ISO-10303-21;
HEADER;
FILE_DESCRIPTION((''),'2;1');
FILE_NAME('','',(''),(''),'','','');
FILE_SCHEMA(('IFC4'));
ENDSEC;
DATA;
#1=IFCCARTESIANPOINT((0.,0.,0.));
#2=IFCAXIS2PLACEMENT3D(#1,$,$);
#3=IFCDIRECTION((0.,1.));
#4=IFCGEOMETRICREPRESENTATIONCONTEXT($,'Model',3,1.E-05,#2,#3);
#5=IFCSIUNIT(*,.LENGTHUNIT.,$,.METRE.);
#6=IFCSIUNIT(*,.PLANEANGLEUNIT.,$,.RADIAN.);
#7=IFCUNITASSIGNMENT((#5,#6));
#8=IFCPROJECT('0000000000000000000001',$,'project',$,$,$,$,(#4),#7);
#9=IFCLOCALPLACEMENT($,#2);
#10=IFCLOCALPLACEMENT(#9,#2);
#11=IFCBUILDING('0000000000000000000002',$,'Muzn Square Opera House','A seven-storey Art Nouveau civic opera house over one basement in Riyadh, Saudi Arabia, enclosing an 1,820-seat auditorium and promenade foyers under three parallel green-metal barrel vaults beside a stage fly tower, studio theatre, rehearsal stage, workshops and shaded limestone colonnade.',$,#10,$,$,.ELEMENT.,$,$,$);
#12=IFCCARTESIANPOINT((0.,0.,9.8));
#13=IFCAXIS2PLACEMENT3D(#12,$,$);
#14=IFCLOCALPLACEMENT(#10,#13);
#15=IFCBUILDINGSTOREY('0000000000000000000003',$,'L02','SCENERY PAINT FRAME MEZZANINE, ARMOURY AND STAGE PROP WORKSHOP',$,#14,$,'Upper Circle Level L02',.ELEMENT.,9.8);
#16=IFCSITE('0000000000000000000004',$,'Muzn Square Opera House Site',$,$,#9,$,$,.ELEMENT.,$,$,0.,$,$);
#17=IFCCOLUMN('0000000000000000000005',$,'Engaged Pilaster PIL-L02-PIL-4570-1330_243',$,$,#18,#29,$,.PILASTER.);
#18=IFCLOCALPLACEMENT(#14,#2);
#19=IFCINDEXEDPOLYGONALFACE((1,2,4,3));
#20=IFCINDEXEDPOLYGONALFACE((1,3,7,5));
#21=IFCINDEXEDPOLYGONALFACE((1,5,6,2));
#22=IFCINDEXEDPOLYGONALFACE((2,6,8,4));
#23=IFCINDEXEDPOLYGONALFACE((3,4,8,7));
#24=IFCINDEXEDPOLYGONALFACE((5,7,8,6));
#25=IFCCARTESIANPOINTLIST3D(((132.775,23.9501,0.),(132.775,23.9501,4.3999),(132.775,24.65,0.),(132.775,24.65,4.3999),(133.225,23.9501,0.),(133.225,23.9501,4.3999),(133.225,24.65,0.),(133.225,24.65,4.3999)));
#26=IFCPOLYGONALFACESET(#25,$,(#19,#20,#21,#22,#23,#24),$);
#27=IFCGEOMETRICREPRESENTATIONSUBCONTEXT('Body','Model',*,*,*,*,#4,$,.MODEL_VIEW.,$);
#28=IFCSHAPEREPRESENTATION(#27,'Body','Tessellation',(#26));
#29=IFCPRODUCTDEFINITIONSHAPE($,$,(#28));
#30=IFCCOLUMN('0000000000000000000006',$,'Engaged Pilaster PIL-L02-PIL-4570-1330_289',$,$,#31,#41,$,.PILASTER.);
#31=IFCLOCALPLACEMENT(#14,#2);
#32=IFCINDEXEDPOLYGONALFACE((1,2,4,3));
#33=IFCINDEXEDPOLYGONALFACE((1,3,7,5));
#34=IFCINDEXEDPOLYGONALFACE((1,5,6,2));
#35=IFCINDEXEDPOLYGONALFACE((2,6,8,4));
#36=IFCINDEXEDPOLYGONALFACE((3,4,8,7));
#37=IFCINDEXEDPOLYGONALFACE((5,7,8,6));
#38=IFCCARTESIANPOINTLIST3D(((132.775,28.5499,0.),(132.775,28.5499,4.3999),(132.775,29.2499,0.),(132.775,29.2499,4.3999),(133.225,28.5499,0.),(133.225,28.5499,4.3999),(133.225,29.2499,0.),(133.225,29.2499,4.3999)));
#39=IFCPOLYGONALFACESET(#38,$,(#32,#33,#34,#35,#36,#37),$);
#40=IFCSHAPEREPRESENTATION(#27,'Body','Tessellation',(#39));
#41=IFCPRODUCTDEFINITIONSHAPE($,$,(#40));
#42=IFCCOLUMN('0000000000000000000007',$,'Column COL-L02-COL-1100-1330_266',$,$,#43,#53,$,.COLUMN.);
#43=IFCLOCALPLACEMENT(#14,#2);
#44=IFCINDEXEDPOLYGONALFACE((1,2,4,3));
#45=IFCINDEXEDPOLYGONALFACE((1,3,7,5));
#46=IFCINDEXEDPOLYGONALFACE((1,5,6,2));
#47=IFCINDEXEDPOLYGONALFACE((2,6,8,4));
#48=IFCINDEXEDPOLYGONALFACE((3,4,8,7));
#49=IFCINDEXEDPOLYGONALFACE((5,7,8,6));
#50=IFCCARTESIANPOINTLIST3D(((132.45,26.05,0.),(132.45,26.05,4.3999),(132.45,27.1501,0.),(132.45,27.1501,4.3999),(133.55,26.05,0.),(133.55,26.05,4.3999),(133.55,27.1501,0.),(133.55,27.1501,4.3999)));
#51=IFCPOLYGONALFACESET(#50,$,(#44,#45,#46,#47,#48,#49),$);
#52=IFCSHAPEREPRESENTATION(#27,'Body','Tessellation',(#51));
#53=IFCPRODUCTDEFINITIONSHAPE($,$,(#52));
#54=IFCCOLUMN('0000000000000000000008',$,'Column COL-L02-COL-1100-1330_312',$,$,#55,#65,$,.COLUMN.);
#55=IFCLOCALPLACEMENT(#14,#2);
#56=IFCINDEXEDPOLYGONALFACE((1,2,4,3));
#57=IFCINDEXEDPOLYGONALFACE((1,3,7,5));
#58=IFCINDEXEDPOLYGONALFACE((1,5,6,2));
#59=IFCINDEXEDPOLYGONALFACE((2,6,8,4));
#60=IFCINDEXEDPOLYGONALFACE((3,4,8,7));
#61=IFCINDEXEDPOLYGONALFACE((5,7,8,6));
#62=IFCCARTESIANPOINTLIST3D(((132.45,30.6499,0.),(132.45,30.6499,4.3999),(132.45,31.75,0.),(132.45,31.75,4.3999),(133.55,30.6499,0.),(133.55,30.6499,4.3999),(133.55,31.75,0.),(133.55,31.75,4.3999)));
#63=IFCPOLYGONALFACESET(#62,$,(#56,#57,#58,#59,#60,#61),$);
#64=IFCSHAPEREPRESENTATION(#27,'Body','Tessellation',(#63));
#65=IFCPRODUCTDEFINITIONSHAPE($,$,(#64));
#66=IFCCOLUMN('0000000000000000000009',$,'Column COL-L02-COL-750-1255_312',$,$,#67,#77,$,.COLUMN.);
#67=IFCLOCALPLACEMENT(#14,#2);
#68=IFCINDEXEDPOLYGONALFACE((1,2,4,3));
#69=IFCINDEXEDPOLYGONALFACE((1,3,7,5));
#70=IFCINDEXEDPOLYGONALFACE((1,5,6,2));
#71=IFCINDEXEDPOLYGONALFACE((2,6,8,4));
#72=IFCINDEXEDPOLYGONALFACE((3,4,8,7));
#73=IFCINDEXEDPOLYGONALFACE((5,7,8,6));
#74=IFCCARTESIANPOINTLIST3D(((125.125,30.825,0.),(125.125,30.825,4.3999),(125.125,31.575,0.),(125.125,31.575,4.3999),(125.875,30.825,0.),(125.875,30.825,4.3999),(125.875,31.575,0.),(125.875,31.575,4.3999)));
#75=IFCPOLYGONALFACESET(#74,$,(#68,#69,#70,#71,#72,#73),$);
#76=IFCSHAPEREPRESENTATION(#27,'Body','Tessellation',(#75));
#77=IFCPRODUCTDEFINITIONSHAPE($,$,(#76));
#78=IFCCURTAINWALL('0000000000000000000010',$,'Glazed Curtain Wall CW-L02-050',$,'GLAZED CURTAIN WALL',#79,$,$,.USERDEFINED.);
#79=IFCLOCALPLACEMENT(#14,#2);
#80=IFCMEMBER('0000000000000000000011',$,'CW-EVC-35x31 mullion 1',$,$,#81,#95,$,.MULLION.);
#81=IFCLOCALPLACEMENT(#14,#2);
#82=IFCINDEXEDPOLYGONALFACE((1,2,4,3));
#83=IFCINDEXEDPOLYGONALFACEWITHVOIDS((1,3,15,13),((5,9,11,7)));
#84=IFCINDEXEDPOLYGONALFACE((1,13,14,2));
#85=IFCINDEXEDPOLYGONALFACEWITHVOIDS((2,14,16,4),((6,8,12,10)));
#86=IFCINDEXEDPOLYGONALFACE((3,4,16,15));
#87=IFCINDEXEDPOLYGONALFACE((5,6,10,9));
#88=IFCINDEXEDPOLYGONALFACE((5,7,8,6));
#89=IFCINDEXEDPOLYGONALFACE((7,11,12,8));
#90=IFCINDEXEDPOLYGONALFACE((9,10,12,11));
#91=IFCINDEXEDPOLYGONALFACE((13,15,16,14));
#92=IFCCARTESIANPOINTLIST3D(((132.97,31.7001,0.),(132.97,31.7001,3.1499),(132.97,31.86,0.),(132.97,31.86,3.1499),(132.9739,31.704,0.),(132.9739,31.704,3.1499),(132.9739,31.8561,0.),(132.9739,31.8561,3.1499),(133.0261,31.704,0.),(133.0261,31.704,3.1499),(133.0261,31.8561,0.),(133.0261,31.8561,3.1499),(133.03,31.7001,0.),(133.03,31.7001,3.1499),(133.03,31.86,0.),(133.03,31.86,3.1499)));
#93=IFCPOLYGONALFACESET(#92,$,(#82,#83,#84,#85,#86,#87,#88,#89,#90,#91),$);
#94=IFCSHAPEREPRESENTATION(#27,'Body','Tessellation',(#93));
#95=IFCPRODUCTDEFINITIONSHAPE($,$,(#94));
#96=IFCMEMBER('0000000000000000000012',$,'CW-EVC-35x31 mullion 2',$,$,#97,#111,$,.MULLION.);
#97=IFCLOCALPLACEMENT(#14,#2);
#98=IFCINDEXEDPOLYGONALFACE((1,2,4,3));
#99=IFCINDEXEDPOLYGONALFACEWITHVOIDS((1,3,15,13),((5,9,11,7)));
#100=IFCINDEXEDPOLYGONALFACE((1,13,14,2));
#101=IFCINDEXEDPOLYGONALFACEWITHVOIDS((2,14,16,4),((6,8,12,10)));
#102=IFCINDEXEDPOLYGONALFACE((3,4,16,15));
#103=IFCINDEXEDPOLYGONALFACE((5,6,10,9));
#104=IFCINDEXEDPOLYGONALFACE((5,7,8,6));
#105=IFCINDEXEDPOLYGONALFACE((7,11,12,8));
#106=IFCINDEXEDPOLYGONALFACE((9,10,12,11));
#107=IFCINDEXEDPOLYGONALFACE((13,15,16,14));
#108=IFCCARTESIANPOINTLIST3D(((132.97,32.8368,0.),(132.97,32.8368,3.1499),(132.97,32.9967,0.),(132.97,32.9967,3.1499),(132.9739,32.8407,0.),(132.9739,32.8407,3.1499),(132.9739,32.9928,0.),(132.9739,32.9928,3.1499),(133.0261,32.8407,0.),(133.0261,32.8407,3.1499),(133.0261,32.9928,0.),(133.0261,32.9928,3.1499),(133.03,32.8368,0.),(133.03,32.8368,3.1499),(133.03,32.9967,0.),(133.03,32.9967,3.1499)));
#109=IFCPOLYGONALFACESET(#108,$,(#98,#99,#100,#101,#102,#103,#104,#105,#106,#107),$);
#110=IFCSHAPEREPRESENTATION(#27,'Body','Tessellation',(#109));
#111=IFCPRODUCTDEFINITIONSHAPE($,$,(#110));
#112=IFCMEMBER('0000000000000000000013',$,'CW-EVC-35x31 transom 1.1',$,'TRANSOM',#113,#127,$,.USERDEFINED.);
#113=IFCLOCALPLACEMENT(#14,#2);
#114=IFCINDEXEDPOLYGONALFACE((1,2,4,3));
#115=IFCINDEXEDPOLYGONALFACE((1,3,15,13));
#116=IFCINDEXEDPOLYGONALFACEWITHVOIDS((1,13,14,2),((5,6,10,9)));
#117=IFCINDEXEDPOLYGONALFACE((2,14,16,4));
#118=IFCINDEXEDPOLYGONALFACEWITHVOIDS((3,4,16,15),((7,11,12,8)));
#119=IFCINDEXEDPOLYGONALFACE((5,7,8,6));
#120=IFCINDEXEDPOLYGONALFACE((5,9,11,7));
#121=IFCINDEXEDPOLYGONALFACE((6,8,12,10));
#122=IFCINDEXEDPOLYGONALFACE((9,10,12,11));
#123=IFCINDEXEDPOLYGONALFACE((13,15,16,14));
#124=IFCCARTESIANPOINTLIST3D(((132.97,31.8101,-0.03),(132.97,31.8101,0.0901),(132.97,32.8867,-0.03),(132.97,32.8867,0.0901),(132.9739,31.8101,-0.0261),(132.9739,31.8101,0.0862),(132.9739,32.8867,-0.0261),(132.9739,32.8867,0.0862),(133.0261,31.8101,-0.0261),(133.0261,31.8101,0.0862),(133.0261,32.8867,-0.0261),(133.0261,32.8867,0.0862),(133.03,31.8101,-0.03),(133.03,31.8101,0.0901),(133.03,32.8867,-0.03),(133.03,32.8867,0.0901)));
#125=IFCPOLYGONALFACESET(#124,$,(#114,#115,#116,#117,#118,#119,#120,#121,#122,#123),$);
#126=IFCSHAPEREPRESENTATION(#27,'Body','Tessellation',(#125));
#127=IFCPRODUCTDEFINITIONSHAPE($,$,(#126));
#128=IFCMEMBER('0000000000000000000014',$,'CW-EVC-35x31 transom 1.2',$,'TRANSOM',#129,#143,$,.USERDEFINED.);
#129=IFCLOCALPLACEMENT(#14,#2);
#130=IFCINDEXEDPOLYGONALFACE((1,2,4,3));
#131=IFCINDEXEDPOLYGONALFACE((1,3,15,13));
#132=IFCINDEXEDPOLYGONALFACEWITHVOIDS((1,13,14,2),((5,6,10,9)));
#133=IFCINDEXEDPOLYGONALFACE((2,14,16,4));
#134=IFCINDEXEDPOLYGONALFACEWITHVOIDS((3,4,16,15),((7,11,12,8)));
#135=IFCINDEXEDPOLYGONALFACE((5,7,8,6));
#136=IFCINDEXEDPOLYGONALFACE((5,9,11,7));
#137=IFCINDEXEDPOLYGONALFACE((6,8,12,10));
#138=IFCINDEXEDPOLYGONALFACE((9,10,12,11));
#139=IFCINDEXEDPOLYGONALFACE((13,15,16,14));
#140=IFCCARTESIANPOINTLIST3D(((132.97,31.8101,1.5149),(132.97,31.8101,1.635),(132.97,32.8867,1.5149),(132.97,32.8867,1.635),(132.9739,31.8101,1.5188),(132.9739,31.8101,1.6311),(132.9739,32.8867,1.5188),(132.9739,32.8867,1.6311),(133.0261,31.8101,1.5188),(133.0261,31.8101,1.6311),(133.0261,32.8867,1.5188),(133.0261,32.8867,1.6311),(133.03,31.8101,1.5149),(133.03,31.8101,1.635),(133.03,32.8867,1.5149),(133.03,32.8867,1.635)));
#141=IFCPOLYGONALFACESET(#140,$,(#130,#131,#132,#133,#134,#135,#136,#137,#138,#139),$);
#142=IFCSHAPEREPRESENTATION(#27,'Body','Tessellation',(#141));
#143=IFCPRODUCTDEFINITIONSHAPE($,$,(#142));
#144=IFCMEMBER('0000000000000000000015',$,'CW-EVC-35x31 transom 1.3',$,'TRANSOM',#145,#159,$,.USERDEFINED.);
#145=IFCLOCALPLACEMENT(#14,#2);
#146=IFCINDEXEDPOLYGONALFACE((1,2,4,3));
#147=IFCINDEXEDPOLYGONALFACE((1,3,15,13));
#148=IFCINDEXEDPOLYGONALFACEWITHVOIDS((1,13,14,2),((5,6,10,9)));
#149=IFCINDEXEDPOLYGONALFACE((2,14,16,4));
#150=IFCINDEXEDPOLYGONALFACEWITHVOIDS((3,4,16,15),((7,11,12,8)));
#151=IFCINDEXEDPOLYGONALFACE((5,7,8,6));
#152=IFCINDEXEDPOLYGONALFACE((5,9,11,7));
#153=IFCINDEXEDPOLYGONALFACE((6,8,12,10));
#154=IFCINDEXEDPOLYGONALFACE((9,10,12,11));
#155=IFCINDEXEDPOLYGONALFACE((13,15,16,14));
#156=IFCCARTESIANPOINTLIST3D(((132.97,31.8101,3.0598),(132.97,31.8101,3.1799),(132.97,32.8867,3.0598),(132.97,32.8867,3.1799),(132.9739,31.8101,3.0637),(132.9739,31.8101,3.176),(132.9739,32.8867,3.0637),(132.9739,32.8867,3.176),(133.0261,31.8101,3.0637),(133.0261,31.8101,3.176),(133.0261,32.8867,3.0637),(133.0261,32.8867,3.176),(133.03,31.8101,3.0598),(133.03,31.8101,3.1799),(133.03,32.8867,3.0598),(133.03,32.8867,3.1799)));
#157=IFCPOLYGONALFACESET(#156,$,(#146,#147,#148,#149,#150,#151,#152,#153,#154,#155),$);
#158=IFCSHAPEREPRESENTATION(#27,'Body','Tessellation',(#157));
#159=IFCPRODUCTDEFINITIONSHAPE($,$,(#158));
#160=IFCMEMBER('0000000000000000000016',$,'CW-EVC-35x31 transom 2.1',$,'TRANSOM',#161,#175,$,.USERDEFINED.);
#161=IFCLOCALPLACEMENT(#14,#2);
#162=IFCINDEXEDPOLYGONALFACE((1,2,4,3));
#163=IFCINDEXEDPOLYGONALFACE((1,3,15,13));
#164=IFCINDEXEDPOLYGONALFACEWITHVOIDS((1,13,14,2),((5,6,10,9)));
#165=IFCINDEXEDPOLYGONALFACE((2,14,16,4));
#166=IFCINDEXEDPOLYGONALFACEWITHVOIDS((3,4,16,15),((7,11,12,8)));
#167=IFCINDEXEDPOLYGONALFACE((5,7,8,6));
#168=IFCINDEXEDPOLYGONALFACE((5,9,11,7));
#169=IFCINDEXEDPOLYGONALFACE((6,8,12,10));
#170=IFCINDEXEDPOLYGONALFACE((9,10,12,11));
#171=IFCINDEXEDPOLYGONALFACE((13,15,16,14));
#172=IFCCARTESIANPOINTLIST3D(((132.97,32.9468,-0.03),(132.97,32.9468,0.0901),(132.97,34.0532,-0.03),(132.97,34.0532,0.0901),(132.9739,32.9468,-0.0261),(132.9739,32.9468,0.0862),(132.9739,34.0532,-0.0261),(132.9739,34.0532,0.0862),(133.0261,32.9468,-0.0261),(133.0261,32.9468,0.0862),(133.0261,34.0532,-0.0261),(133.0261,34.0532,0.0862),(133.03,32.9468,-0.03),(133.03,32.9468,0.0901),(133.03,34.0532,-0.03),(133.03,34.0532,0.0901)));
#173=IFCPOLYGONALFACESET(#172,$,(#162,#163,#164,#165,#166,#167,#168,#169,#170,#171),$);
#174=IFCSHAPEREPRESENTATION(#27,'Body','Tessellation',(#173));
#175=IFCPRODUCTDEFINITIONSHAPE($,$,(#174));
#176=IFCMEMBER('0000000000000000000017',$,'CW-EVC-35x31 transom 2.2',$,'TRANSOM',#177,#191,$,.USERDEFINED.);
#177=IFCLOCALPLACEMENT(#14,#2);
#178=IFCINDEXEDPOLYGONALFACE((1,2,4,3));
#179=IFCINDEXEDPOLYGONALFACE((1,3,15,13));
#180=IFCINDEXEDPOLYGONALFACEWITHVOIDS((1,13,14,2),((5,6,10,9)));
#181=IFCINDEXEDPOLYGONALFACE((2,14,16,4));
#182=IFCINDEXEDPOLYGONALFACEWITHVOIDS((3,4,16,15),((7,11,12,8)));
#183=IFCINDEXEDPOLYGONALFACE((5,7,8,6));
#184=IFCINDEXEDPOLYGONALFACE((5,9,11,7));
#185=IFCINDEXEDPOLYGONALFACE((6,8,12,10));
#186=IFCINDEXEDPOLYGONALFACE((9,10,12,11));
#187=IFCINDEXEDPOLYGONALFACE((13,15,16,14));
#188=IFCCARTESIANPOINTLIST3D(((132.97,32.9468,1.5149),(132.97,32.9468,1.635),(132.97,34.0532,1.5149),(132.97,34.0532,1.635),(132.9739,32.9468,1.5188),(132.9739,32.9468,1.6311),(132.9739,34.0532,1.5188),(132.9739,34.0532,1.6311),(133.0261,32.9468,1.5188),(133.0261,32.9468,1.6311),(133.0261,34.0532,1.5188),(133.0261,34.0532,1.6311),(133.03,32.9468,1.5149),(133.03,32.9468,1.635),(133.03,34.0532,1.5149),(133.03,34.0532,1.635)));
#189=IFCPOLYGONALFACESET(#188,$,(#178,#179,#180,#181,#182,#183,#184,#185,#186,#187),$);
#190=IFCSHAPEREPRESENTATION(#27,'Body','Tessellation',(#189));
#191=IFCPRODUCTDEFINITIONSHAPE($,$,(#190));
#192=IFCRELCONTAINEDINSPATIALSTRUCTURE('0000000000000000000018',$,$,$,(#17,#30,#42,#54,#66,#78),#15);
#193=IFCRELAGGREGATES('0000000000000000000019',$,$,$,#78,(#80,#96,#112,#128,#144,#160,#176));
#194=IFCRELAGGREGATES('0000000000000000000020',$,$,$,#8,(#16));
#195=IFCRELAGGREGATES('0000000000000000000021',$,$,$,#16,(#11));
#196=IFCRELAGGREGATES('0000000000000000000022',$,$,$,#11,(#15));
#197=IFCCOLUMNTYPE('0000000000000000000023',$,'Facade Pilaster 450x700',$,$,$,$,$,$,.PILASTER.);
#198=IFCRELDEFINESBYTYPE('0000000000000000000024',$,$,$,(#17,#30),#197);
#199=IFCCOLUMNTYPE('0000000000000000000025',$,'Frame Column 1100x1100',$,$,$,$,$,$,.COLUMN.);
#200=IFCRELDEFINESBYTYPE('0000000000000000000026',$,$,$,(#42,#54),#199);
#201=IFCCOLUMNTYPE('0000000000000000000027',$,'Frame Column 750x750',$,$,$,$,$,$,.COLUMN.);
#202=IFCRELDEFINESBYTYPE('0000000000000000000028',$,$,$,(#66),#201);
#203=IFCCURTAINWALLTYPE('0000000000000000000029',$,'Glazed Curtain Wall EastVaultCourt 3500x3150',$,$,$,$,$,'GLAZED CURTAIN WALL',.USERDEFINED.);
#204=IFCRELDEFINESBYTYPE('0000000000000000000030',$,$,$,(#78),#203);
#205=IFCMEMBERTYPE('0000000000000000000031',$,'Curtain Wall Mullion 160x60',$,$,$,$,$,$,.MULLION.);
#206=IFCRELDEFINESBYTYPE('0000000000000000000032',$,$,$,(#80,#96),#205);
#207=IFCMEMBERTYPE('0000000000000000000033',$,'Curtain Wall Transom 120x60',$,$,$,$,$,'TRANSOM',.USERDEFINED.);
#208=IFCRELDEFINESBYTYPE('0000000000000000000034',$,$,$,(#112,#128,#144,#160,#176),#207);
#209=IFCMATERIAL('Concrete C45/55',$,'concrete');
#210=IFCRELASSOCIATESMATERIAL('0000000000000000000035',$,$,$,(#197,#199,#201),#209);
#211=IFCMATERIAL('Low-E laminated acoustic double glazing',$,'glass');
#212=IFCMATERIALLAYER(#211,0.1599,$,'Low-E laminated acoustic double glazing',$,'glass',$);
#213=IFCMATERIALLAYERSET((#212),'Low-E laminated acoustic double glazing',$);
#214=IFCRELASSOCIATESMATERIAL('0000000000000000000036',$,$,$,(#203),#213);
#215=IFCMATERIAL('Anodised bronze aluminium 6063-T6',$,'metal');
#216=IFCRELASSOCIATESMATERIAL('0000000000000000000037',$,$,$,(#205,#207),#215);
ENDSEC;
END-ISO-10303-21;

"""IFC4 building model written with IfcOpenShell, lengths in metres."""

from ifc_helpers import new_model, si_unit, direction, frame, origin, origin_2d, place, context, subcontext, project, spatial, rectangle, hollow_rectangle, extrude, material, layer, layer_set, material_profile, profile_set, type_object, element, aggregate, save


model = new_model("IFC4")

# Units and contexts
model_context = context("Model", 3, precision=1e-05, world=origin(), true_north=direction((0.0, 1.0)))
body_context = subcontext(model_context, "Body", "Model", "MODEL_VIEW")
ifc_project = project(units=[si_unit("LENGTHUNIT", "METRE"), si_unit("PLANEANGLEUNIT", "RADIAN")], contexts=[model_context])

# Site, building, storey
site_placement = place(None, origin())
site = spatial("IfcSite", under=ifc_project, at=site_placement, Name="Muzn Square Opera House Site", CompositionType="ELEMENT", RefElevation=0.0)
building_placement = place(site_placement, origin())
building = spatial("IfcBuilding", under=site, at=building_placement, Name="Muzn Square Opera House", Description="A seven-storey Art Nouveau civic opera house over one basement in Riyadh, Saudi Arabia, enclosing an 1,820-seat auditorium and promenade foyers under three parallel green-metal barrel vaults beside a stage fly tower, studio theatre, rehearsal stage, workshops and shaded limestone colonnade.", CompositionType="ELEMENT")
storey_placement = place(building_placement, frame((0.0, 0.0, 9.8)))
storey = spatial("IfcBuildingStorey", under=building, at=storey_placement, Name="L02", Description="SCENERY PAINT FRAME MEZZANINE, ARMOURY AND STAGE PROP WORKSHOP", LongName="Upper Circle Level L02", CompositionType="ELEMENT", Elevation=9.8)

# Columns
ifc_material_1 = material(Name="Concrete C45/55", Category="concrete")
ifc_material_profile_1 = material_profile(ifc_material_1, rectangle(XDim=0.45, YDim=0.7, at=origin_2d()), Name="RC 450x700", Category="concrete")
ifc_profile_set_1 = profile_set([ifc_material_profile_1], Name="Concrete C45/55")
column_type_1 = type_object("IfcColumnType", Name="Facade Pilaster 450x700", PredefinedType="PILASTER", material=ifc_profile_set_1)
for number, where, z_axis, x_axis, name in (
    (1, (133.0, 24.3, 0.0), (0.0, 0.0, 1.0), (1.0, 0.0, 0.0), "Engaged Pilaster PIL-L02-PIL-4570-1330_243"),
    (2, (133.0, 28.8999, 0.0), (0.0, 0.0, 1.0), (1.0, 0.0, 0.0), "Engaged Pilaster PIL-L02-PIL-4570-1330_289"),
):
    element("IfcColumn", number, at=place(storey_placement, frame(where, z_axis=z_axis, x_axis=x_axis)), inside=storey, type_object=column_type_1, Name=name, PredefinedType="PILASTER", context=body_context, shape_type="SweptSolid", body=[
        extrude(rectangle(XDim=0.45, YDim=0.7, at=origin_2d()), origin(), (0.0, 0.0, 1.0), 4.3999),
    ])
ifc_material_profile_2 = material_profile(ifc_material_1, rectangle(XDim=1.1001, YDim=1.1001, at=origin_2d()), Name="RC 1100x1100", Category="concrete")
ifc_profile_set_2 = profile_set([ifc_material_profile_2], Name="Concrete C45/55")
column_type_2 = type_object("IfcColumnType", Name="Frame Column 1100x1100", PredefinedType="COLUMN", material=ifc_profile_set_2)
for number, where, z_axis, x_axis, name in (
    (3, (133.0, 26.6001, 0.0), (0.0, 0.0, 1.0), (1.0, 0.0, 0.0), "Column COL-L02-COL-1100-1330_266"),
    (4, (133.0, 31.2, 0.0), (0.0, 0.0, 1.0), (1.0, 0.0, 0.0), "Column COL-L02-COL-1100-1330_312"),
):
    element("IfcColumn", number, at=place(storey_placement, frame(where, z_axis=z_axis, x_axis=x_axis)), inside=storey, type_object=column_type_2, Name=name, PredefinedType="COLUMN", context=body_context, shape_type="SweptSolid", body=[
        extrude(rectangle(XDim=1.1001, YDim=1.1001, at=origin_2d()), origin(), (0.0, 0.0, 1.0), 4.3999),
    ])
ifc_material_profile_3 = material_profile(ifc_material_1, rectangle(XDim=0.75, YDim=0.75, at=origin_2d()), Name="RC 750x750", Category="concrete")
ifc_profile_set_3 = profile_set([ifc_material_profile_3], Name="Concrete C45/55")
column_type_3 = type_object("IfcColumnType", Name="Frame Column 750x750", PredefinedType="COLUMN", material=ifc_profile_set_3)
column_placement = place(storey_placement, frame((125.5, 31.2, 0.0), z_axis=(0.0, 0.0, 1.0), x_axis=(1.0, 0.0, 0.0)))
element("IfcColumn", 5, at=column_placement, inside=storey, type_object=column_type_3, Name="Column COL-L02-COL-750-1255_312", PredefinedType="COLUMN", context=body_context, shape_type="SweptSolid", body=[
    extrude(rectangle(XDim=0.75, YDim=0.75, at=origin_2d()), origin(), (0.0, 0.0, 1.0), 4.3999),
])

# Curtain wall, members
ifc_material_2 = material(Name="Low-E laminated acoustic double glazing", Category="glass")
ifc_layer_1 = layer(ifc_material_2, 0.1599, Name="Low-E laminated acoustic double glazing", Category="glass")
ifc_layer_set_1 = layer_set([ifc_layer_1], Name="Low-E laminated acoustic double glazing")
curtain_wall_type = type_object("IfcCurtainWallType", Name="Glazed Curtain Wall EastVaultCourt 3500x3150", ElementType="GLAZED CURTAIN WALL", PredefinedType="USERDEFINED", material=ifc_layer_set_1)
curtain_wall_placement = place(storey_placement, origin())
curtain_wall = element("IfcCurtainWall", 6, at=curtain_wall_placement, inside=storey, type_object=curtain_wall_type, Name="Glazed Curtain Wall CW-L02-050", ObjectType="GLAZED CURTAIN WALL", PredefinedType="USERDEFINED")
ifc_material_3 = material(Name="Anodised bronze aluminium 6063-T6", Category="metal")
ifc_material_profile_4 = material_profile(ifc_material_3, hollow_rectangle(XDim=0.0601, YDim=0.1599, WallThickness=0.0039, at=origin_2d()), Name="ALU 160x60x4", Category="metal")
ifc_profile_set_4 = profile_set([ifc_material_profile_4], Name="Anodised bronze aluminium 6063-T6")
member_type_1 = type_object("IfcMemberType", Name="Curtain Wall Mullion 160x60", PredefinedType="MULLION", material=ifc_profile_set_4)
member_1_placement = place(storey_placement, frame((133.0, 31.78, 0.0), z_axis=(0.0, 0.0, 1.0), x_axis=(-1.0, 0.0, 0.0)))
member_1 = element("IfcMember", 7, at=member_1_placement, type_object=member_type_1, Name="CW-EVC-35x31 mullion 1", PredefinedType="MULLION", context=body_context, shape_type="SweptSolid", body=[
    extrude(hollow_rectangle(XDim=0.0601, YDim=0.1599, WallThickness=0.0039, at=origin_2d()), origin(), (0.0, 0.0, 1.0), 3.1499),
])
member_2_placement = place(storey_placement, frame((133.0, 32.9167, 0.0), z_axis=(0.0, 0.0, 1.0), x_axis=(-1.0, 0.0, 0.0)))
member_2 = element("IfcMember", 8, at=member_2_placement, type_object=member_type_1, Name="CW-EVC-35x31 mullion 2", PredefinedType="MULLION", context=body_context, shape_type="SweptSolid", body=[
    extrude(hollow_rectangle(XDim=0.0601, YDim=0.1599, WallThickness=0.0039, at=origin_2d()), origin(), (0.0, 0.0, 1.0), 3.1499),
])
ifc_material_profile_5 = material_profile(ifc_material_3, hollow_rectangle(XDim=0.0601, YDim=0.1201, WallThickness=0.0039, at=origin_2d()), Name="ALU 120x60x4", Category="metal")
ifc_profile_set_5 = profile_set([ifc_material_profile_5], Name="Anodised bronze aluminium 6063-T6")
member_type_2 = type_object("IfcMemberType", Name="Curtain Wall Transom 120x60", ElementType="TRANSOM", PredefinedType="USERDEFINED", material=ifc_profile_set_5)
member_3_placement = place(storey_placement, frame((133.0, 31.8101, 0.03), z_axis=(0.0, 1.0, 0.0), x_axis=(-1.0, 0.0, 0.0)))
member_3 = element("IfcMember", 9, at=member_3_placement, type_object=member_type_2, Name="CW-EVC-35x31 transom 1.1", ObjectType="TRANSOM", PredefinedType="USERDEFINED", context=body_context, shape_type="SweptSolid", body=[
    extrude(hollow_rectangle(XDim=0.0601, YDim=0.1201, WallThickness=0.0039, at=origin_2d()), origin(), (0.0, 0.0, 1.0), 1.0767),
])
member_4_placement = place(storey_placement, frame((133.0, 31.8101, 1.575), z_axis=(0.0, 1.0, 0.0), x_axis=(-1.0, 0.0, 0.0)))
member_4 = element("IfcMember", 10, at=member_4_placement, type_object=member_type_2, Name="CW-EVC-35x31 transom 1.2", ObjectType="TRANSOM", PredefinedType="USERDEFINED", context=body_context, shape_type="SweptSolid", body=[
    extrude(hollow_rectangle(XDim=0.0601, YDim=0.1201, WallThickness=0.0039, at=origin_2d()), origin(), (0.0, 0.0, 1.0), 1.0767),
])
member_5_placement = place(storey_placement, frame((133.0, 31.8101, 3.1199), z_axis=(0.0, 1.0, 0.0), x_axis=(-1.0, 0.0, 0.0)))
member_5 = element("IfcMember", 11, at=member_5_placement, type_object=member_type_2, Name="CW-EVC-35x31 transom 1.3", ObjectType="TRANSOM", PredefinedType="USERDEFINED", context=body_context, shape_type="SweptSolid", body=[
    extrude(hollow_rectangle(XDim=0.0601, YDim=0.1201, WallThickness=0.0039, at=origin_2d()), origin(), (0.0, 0.0, 1.0), 1.0767),
])
member_6_placement = place(storey_placement, frame((133.0, 32.9468, 0.03), z_axis=(0.0, 1.0, 0.0), x_axis=(-1.0, 0.0, 0.0)))
member_6 = element("IfcMember", 12, at=member_6_placement, type_object=member_type_2, Name="CW-EVC-35x31 transom 2.1", ObjectType="TRANSOM", PredefinedType="USERDEFINED", context=body_context, shape_type="SweptSolid", body=[
    extrude(hollow_rectangle(XDim=0.0601, YDim=0.1201, WallThickness=0.0039, at=origin_2d()), origin(), (0.0, 0.0, 1.0), 1.1064),
])
member_7_placement = place(storey_placement, frame((133.0, 32.9468, 1.575), z_axis=(0.0, 1.0, 0.0), x_axis=(-1.0, 0.0, 0.0)))
member_7 = element("IfcMember", 13, at=member_7_placement, type_object=member_type_2, Name="CW-EVC-35x31 transom 2.2", ObjectType="TRANSOM", PredefinedType="USERDEFINED", context=body_context, shape_type="SweptSolid", body=[
    extrude(hollow_rectangle(XDim=0.0601, YDim=0.1201, WallThickness=0.0039, at=origin_2d()), origin(), (0.0, 0.0, 1.0), 1.1064),
])

aggregate(curtain_wall, [member_1, member_2, member_3, member_4, member_5, member_6, member_7])

save(model, "model.ifc")
